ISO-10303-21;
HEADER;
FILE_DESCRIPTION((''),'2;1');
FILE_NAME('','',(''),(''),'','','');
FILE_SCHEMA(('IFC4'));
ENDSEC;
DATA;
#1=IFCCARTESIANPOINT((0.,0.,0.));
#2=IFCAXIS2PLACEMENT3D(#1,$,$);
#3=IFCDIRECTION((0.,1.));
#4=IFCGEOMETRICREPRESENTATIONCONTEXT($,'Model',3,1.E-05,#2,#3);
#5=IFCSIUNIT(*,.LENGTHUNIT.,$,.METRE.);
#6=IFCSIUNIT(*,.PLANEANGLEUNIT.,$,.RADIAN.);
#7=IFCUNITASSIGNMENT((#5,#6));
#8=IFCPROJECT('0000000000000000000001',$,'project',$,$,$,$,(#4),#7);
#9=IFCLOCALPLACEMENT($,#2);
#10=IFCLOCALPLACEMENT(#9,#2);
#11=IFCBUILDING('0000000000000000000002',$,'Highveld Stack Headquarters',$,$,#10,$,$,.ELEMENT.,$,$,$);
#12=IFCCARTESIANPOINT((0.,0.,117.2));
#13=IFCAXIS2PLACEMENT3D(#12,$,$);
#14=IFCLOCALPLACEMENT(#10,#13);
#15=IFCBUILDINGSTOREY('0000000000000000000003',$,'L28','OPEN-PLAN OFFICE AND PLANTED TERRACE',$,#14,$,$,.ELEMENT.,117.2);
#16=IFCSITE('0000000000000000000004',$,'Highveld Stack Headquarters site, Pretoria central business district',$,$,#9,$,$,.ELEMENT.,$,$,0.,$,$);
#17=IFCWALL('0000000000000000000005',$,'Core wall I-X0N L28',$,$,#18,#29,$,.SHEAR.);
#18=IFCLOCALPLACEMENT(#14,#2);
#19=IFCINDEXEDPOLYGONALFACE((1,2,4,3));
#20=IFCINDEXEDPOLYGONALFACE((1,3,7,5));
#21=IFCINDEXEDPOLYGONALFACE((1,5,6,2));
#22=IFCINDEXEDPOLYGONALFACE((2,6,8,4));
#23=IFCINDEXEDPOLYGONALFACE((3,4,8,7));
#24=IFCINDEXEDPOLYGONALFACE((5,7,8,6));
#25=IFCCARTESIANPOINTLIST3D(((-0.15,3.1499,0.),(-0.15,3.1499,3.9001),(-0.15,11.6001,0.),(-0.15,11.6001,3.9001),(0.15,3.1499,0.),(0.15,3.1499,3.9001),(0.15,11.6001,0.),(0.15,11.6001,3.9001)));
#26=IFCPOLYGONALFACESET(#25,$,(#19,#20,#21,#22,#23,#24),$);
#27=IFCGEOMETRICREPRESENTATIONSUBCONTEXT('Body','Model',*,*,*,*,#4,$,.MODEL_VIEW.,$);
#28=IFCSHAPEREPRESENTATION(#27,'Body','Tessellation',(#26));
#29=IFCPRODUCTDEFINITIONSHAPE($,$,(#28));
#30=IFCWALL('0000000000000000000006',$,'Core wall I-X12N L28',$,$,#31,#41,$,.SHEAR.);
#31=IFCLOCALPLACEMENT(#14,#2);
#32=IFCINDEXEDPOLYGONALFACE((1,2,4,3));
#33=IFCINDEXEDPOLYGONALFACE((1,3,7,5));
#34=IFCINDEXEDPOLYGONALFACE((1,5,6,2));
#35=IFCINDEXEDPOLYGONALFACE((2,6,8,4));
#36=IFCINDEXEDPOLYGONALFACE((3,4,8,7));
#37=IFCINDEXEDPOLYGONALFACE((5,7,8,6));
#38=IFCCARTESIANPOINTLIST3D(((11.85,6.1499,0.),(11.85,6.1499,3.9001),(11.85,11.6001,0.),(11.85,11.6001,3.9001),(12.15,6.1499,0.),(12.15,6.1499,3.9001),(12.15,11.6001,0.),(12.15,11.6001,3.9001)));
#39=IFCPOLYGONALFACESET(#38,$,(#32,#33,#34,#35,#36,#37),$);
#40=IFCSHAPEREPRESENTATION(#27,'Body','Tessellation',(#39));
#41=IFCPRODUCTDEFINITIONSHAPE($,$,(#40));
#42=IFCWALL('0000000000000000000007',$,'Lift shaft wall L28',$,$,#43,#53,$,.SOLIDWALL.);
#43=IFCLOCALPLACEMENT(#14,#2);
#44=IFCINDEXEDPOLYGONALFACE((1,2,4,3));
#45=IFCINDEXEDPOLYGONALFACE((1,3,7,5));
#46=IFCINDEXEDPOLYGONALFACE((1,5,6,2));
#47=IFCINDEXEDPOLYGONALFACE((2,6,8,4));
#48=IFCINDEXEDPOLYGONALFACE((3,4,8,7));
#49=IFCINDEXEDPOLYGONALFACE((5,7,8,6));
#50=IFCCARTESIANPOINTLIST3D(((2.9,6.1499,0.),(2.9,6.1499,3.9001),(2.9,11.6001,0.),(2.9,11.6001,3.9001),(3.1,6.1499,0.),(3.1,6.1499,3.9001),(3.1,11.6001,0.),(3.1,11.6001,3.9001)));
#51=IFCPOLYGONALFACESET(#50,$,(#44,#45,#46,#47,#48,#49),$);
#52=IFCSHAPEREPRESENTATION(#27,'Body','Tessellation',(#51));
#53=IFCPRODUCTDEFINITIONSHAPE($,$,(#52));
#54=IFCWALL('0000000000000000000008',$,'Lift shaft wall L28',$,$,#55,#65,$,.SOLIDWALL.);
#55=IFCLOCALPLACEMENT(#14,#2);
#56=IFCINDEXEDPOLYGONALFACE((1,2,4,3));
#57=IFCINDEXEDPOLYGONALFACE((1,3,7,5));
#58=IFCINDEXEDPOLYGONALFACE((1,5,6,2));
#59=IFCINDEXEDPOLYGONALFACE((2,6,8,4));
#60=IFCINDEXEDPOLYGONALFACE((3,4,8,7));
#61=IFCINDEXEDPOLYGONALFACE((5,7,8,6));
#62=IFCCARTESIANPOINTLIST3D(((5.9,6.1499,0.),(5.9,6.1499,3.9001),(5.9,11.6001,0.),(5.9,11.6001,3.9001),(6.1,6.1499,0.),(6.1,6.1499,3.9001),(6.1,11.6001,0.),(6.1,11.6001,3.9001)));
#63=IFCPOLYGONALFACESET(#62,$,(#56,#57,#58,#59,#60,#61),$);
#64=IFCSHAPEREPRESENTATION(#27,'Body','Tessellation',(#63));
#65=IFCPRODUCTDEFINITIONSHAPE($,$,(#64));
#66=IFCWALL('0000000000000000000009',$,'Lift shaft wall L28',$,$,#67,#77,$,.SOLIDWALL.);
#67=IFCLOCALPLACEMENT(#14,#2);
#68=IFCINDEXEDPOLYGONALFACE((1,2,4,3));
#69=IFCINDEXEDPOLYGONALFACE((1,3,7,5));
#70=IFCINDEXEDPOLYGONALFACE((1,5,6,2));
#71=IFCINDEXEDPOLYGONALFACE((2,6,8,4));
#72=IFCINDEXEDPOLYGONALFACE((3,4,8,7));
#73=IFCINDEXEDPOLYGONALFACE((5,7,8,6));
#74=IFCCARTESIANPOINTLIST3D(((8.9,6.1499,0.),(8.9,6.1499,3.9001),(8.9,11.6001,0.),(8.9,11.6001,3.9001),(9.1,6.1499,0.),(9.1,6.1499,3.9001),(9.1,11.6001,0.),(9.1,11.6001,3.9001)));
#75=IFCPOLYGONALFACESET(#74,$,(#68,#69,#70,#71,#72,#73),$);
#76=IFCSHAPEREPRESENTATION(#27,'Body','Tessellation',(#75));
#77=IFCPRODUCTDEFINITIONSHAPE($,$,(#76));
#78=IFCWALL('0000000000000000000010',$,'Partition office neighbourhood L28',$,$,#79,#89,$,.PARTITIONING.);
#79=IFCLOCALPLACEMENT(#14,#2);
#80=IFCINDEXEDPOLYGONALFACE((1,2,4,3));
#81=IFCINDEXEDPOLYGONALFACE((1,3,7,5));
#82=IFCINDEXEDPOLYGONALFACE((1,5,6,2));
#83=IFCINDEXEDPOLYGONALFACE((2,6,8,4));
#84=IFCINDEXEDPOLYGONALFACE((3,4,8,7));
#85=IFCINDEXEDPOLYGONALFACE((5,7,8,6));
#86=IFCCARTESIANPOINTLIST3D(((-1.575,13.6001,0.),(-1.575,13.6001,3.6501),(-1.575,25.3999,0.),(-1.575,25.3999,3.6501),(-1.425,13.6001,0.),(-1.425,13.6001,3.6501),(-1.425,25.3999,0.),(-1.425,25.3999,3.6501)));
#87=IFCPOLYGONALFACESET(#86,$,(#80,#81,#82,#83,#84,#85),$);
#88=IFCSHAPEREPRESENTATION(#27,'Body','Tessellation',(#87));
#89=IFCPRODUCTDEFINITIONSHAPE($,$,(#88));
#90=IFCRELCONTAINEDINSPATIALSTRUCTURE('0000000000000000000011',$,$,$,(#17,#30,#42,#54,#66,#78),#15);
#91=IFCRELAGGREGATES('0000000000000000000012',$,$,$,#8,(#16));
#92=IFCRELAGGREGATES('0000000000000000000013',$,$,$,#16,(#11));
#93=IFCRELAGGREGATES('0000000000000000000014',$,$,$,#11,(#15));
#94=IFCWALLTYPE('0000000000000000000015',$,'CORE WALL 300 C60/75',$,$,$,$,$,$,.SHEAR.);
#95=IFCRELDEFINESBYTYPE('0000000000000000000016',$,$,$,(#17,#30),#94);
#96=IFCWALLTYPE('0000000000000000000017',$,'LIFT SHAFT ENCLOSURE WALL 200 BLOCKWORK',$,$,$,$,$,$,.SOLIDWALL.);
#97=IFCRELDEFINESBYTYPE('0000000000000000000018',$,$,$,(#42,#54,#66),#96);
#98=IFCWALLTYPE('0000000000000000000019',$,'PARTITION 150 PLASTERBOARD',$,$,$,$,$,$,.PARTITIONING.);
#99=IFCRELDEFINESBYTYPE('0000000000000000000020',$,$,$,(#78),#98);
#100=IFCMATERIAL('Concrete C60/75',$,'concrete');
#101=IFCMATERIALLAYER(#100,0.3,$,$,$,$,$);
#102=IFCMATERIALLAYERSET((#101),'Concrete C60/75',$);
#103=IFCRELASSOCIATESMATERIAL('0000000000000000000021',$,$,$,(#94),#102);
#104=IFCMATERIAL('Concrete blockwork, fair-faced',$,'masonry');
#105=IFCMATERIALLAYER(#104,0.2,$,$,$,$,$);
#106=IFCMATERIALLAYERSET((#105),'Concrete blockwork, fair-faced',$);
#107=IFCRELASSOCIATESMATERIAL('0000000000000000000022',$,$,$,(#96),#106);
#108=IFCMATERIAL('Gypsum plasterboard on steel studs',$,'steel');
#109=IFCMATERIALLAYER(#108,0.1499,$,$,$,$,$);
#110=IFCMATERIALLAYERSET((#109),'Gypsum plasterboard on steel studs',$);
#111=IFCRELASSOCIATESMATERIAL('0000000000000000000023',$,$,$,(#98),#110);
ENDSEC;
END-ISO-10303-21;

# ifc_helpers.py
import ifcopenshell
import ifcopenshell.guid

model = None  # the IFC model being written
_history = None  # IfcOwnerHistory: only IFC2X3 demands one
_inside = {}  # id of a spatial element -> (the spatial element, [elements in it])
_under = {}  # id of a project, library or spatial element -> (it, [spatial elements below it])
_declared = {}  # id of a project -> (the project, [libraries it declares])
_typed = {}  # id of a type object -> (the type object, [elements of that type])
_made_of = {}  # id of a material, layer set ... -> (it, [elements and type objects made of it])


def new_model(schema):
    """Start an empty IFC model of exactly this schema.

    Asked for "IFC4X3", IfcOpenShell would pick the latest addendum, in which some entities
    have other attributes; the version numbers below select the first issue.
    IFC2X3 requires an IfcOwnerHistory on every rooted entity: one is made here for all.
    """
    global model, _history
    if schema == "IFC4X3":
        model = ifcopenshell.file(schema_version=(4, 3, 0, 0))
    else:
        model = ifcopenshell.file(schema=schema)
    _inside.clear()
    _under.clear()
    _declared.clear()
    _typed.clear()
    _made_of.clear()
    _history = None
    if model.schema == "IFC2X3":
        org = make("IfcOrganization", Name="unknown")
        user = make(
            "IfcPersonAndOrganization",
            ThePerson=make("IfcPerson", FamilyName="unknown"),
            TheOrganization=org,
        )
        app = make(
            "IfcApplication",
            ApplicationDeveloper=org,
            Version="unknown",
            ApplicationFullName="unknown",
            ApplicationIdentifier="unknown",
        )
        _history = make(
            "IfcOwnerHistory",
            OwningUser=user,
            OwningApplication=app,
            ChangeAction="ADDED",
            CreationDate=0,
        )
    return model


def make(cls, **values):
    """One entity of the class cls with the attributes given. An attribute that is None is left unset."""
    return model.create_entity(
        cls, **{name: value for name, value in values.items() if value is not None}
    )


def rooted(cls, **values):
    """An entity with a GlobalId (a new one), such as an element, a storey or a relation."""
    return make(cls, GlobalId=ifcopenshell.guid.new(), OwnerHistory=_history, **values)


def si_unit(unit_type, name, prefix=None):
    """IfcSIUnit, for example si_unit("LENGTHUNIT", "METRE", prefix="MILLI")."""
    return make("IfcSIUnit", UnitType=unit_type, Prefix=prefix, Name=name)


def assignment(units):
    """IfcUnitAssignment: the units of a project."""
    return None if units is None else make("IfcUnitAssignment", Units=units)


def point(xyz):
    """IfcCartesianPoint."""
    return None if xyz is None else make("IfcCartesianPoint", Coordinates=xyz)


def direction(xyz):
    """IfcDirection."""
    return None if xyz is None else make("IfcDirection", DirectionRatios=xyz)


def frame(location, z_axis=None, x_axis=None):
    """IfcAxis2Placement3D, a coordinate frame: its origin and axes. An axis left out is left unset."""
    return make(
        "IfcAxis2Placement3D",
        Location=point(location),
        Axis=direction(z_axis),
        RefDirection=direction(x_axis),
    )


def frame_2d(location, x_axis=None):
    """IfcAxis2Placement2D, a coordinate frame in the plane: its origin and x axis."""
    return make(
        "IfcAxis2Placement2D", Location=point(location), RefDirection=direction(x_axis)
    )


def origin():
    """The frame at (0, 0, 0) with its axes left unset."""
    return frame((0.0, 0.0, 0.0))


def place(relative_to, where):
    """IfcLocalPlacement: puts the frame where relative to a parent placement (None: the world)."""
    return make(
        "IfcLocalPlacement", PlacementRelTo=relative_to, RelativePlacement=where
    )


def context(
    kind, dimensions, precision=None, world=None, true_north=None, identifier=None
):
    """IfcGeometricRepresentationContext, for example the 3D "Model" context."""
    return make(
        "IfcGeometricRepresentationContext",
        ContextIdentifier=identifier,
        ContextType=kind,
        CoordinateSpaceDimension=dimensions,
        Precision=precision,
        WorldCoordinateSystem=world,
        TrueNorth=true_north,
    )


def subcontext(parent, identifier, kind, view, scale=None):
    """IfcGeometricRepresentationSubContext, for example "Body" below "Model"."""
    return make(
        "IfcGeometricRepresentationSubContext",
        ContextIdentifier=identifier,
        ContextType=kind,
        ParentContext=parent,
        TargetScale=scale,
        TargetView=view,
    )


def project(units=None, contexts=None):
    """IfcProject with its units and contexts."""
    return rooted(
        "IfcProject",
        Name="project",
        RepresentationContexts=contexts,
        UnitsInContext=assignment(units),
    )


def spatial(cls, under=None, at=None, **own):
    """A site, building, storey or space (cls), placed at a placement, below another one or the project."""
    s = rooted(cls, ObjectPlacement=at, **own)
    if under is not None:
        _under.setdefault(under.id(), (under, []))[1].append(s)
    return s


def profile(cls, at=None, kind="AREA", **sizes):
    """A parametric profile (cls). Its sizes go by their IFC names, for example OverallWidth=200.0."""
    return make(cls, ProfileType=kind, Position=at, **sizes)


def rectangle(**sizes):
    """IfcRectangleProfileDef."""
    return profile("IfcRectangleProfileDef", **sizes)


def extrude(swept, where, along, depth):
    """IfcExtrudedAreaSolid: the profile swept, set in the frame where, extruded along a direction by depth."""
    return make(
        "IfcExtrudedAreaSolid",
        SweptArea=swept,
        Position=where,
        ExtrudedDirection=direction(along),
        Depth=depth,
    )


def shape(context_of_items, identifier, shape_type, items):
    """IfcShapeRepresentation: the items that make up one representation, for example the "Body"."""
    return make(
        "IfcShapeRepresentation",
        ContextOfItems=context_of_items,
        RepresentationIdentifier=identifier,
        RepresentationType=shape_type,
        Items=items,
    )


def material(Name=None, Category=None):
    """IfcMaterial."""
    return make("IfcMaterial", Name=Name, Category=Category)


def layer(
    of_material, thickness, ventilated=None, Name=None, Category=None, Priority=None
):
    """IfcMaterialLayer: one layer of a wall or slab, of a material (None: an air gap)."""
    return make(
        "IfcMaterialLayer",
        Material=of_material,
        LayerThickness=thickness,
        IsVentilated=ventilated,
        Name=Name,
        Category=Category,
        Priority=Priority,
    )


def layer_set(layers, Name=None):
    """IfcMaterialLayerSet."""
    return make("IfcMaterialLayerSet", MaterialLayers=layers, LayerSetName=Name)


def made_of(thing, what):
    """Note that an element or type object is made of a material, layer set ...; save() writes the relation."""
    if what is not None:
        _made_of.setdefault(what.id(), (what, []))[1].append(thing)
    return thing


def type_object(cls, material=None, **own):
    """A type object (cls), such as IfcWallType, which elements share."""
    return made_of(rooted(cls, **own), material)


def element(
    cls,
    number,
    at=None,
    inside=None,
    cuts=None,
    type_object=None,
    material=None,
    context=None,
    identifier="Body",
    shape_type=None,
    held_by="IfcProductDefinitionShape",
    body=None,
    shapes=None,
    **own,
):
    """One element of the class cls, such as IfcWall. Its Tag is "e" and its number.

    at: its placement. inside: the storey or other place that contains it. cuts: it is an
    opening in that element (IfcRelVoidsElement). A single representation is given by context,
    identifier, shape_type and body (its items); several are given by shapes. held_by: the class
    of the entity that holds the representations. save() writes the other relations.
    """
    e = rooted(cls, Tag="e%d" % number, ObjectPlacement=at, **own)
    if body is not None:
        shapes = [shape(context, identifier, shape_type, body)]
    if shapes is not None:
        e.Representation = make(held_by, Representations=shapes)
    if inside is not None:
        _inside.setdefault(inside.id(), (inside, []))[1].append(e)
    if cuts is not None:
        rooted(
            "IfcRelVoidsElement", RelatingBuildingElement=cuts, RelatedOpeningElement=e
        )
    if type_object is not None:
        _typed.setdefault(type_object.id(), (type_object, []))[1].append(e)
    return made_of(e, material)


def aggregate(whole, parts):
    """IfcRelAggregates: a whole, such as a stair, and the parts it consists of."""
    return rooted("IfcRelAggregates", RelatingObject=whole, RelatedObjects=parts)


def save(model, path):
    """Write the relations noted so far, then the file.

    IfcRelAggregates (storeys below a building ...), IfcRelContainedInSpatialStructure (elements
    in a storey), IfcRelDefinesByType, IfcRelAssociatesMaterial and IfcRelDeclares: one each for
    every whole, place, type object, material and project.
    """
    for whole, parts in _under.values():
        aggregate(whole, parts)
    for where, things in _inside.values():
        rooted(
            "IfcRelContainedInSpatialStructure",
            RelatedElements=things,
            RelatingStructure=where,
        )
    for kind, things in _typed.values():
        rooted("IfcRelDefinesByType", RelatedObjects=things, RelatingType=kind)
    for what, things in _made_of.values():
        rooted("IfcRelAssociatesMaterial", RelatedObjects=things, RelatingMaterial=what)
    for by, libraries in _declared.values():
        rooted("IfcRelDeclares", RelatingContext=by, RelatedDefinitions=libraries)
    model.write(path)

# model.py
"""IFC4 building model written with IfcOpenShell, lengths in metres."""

from ifc_helpers import new_model, si_unit, direction, frame, frame_2d, origin, place, context, subcontext, project, spatial, rectangle, extrude, material, layer, layer_set, type_object, element, save


model = new_model("IFC4")

# Units and contexts
model_context = context("Model", 3, precision=1e-05, world=origin(), true_north=direction((0.0, 1.0)))
body_context = subcontext(model_context, "Body", "Model", "MODEL_VIEW")
ifc_project = project(units=[si_unit("LENGTHUNIT", "METRE"), si_unit("PLANEANGLEUNIT", "RADIAN")], contexts=[model_context])

# Site, building, storey
site_placement = place(None, origin())
site = spatial("IfcSite", under=ifc_project, at=site_placement, Name="Highveld Stack Headquarters site, Pretoria central business district", CompositionType="ELEMENT", RefElevation=0.0)
building_placement = place(site_placement, origin())
building = spatial("IfcBuilding", under=site, at=building_placement, Name="Highveld Stack Headquarters", CompositionType="ELEMENT")
storey_placement = place(building_placement, frame((0.0, 0.0, 117.2)))
storey = spatial("IfcBuildingStorey", under=building, at=storey_placement, Name="L28", Description="OPEN-PLAN OFFICE AND PLANTED TERRACE", CompositionType="ELEMENT", Elevation=117.2)

# Shared definitions
ifc_material_1 = material(Name="Concrete C60/75", Category="concrete")
ifc_layer_1 = layer(ifc_material_1, 0.3)
ifc_layer_set_1 = layer_set([ifc_layer_1], Name="Concrete C60/75")
wall_type_1 = type_object("IfcWallType", Name="CORE WALL 300 C60/75", PredefinedType="SHEAR", material=ifc_layer_set_1)

# Walls
wall_1_placement = place(storey_placement, frame((0.0, 3.1499, 0.0), z_axis=(0.0, 0.0, 1.0), x_axis=(0.0, 1.0, 0.0)))
element("IfcWall", 1, at=wall_1_placement, inside=storey, type_object=wall_type_1, Name="Core wall I-X0N L28", PredefinedType="SHEAR", context=body_context, shape_type="SweptSolid", body=[
    extrude(rectangle(XDim=8.4502, YDim=0.3, at=frame_2d((4.2251, 0.0))), origin(), (0.0, 0.0, 1.0), 3.9001),
])
wall_2_placement = place(storey_placement, frame((12.0, 6.1499, 0.0), z_axis=(0.0, 0.0, 1.0), x_axis=(0.0, 1.0, 0.0)))
element("IfcWall", 2, at=wall_2_placement, inside=storey, type_object=wall_type_1, Name="Core wall I-X12N L28", PredefinedType="SHEAR", context=body_context, shape_type="SweptSolid", body=[
    extrude(rectangle(XDim=5.4502, YDim=0.3, at=frame_2d((2.7251, 0.0))), origin(), (0.0, 0.0, 1.0), 3.9001),
])
ifc_material_2 = material(Name="Concrete blockwork, fair-faced", Category="masonry")
ifc_layer_2 = layer(ifc_material_2, 0.2)
ifc_layer_set_2 = layer_set([ifc_layer_2], Name="Concrete blockwork, fair-faced")
wall_type_2 = type_object("IfcWallType", Name="LIFT SHAFT ENCLOSURE WALL 200 BLOCKWORK", PredefinedType="SOLIDWALL", material=ifc_layer_set_2)
for number, where, z_axis, x_axis, name in (
    (3, (3.0, 6.1499, 0.0), (0.0, 0.0, 1.0), (0.0, 1.0, 0.0), "Lift shaft wall L28"),
    (4, (6.0, 6.1499, 0.0), (0.0, 0.0, 1.0), (0.0, 1.0, 0.0), "Lift shaft wall L28"),
    (5, (9.0, 6.1499, 0.0), (0.0, 0.0, 1.0), (0.0, 1.0, 0.0), "Lift shaft wall L28"),
):
    element("IfcWall", number, at=place(storey_placement, frame(where, z_axis=z_axis, x_axis=x_axis)), inside=storey, type_object=wall_type_2, Name=name, PredefinedType="SOLIDWALL", context=body_context, shape_type="SweptSolid", body=[
        extrude(rectangle(XDim=5.4502, YDim=0.2, at=frame_2d((2.7251, 0.0))), origin(), (0.0, 0.0, 1.0), 3.9001),
    ])
ifc_material_3 = material(Name="Gypsum plasterboard on steel studs", Category="steel")
ifc_layer_3 = layer(ifc_material_3, 0.1499)
ifc_layer_set_3 = layer_set([ifc_layer_3], Name="Gypsum plasterboard on steel studs")
wall_type_3 = type_object("IfcWallType", Name="PARTITION 150 PLASTERBOARD", PredefinedType="PARTITIONING", material=ifc_layer_set_3)
wall_3_placement = place(storey_placement, frame((-1.5, 13.6001, 0.0), z_axis=(0.0, 0.0, 1.0), x_axis=(0.0, 1.0, 0.0)))
element("IfcWall", 6, at=wall_3_placement, inside=storey, type_object=wall_type_3, Name="Partition office neighbourhood L28", PredefinedType="PARTITIONING", context=body_context, shape_type="SweptSolid", body=[
    extrude(rectangle(XDim=11.7998, YDim=0.1499, at=frame_2d((5.8999, 0.0))), origin(), (0.0, 0.0, 1.0), 3.6501),
])

save(model, "model.ifc")
